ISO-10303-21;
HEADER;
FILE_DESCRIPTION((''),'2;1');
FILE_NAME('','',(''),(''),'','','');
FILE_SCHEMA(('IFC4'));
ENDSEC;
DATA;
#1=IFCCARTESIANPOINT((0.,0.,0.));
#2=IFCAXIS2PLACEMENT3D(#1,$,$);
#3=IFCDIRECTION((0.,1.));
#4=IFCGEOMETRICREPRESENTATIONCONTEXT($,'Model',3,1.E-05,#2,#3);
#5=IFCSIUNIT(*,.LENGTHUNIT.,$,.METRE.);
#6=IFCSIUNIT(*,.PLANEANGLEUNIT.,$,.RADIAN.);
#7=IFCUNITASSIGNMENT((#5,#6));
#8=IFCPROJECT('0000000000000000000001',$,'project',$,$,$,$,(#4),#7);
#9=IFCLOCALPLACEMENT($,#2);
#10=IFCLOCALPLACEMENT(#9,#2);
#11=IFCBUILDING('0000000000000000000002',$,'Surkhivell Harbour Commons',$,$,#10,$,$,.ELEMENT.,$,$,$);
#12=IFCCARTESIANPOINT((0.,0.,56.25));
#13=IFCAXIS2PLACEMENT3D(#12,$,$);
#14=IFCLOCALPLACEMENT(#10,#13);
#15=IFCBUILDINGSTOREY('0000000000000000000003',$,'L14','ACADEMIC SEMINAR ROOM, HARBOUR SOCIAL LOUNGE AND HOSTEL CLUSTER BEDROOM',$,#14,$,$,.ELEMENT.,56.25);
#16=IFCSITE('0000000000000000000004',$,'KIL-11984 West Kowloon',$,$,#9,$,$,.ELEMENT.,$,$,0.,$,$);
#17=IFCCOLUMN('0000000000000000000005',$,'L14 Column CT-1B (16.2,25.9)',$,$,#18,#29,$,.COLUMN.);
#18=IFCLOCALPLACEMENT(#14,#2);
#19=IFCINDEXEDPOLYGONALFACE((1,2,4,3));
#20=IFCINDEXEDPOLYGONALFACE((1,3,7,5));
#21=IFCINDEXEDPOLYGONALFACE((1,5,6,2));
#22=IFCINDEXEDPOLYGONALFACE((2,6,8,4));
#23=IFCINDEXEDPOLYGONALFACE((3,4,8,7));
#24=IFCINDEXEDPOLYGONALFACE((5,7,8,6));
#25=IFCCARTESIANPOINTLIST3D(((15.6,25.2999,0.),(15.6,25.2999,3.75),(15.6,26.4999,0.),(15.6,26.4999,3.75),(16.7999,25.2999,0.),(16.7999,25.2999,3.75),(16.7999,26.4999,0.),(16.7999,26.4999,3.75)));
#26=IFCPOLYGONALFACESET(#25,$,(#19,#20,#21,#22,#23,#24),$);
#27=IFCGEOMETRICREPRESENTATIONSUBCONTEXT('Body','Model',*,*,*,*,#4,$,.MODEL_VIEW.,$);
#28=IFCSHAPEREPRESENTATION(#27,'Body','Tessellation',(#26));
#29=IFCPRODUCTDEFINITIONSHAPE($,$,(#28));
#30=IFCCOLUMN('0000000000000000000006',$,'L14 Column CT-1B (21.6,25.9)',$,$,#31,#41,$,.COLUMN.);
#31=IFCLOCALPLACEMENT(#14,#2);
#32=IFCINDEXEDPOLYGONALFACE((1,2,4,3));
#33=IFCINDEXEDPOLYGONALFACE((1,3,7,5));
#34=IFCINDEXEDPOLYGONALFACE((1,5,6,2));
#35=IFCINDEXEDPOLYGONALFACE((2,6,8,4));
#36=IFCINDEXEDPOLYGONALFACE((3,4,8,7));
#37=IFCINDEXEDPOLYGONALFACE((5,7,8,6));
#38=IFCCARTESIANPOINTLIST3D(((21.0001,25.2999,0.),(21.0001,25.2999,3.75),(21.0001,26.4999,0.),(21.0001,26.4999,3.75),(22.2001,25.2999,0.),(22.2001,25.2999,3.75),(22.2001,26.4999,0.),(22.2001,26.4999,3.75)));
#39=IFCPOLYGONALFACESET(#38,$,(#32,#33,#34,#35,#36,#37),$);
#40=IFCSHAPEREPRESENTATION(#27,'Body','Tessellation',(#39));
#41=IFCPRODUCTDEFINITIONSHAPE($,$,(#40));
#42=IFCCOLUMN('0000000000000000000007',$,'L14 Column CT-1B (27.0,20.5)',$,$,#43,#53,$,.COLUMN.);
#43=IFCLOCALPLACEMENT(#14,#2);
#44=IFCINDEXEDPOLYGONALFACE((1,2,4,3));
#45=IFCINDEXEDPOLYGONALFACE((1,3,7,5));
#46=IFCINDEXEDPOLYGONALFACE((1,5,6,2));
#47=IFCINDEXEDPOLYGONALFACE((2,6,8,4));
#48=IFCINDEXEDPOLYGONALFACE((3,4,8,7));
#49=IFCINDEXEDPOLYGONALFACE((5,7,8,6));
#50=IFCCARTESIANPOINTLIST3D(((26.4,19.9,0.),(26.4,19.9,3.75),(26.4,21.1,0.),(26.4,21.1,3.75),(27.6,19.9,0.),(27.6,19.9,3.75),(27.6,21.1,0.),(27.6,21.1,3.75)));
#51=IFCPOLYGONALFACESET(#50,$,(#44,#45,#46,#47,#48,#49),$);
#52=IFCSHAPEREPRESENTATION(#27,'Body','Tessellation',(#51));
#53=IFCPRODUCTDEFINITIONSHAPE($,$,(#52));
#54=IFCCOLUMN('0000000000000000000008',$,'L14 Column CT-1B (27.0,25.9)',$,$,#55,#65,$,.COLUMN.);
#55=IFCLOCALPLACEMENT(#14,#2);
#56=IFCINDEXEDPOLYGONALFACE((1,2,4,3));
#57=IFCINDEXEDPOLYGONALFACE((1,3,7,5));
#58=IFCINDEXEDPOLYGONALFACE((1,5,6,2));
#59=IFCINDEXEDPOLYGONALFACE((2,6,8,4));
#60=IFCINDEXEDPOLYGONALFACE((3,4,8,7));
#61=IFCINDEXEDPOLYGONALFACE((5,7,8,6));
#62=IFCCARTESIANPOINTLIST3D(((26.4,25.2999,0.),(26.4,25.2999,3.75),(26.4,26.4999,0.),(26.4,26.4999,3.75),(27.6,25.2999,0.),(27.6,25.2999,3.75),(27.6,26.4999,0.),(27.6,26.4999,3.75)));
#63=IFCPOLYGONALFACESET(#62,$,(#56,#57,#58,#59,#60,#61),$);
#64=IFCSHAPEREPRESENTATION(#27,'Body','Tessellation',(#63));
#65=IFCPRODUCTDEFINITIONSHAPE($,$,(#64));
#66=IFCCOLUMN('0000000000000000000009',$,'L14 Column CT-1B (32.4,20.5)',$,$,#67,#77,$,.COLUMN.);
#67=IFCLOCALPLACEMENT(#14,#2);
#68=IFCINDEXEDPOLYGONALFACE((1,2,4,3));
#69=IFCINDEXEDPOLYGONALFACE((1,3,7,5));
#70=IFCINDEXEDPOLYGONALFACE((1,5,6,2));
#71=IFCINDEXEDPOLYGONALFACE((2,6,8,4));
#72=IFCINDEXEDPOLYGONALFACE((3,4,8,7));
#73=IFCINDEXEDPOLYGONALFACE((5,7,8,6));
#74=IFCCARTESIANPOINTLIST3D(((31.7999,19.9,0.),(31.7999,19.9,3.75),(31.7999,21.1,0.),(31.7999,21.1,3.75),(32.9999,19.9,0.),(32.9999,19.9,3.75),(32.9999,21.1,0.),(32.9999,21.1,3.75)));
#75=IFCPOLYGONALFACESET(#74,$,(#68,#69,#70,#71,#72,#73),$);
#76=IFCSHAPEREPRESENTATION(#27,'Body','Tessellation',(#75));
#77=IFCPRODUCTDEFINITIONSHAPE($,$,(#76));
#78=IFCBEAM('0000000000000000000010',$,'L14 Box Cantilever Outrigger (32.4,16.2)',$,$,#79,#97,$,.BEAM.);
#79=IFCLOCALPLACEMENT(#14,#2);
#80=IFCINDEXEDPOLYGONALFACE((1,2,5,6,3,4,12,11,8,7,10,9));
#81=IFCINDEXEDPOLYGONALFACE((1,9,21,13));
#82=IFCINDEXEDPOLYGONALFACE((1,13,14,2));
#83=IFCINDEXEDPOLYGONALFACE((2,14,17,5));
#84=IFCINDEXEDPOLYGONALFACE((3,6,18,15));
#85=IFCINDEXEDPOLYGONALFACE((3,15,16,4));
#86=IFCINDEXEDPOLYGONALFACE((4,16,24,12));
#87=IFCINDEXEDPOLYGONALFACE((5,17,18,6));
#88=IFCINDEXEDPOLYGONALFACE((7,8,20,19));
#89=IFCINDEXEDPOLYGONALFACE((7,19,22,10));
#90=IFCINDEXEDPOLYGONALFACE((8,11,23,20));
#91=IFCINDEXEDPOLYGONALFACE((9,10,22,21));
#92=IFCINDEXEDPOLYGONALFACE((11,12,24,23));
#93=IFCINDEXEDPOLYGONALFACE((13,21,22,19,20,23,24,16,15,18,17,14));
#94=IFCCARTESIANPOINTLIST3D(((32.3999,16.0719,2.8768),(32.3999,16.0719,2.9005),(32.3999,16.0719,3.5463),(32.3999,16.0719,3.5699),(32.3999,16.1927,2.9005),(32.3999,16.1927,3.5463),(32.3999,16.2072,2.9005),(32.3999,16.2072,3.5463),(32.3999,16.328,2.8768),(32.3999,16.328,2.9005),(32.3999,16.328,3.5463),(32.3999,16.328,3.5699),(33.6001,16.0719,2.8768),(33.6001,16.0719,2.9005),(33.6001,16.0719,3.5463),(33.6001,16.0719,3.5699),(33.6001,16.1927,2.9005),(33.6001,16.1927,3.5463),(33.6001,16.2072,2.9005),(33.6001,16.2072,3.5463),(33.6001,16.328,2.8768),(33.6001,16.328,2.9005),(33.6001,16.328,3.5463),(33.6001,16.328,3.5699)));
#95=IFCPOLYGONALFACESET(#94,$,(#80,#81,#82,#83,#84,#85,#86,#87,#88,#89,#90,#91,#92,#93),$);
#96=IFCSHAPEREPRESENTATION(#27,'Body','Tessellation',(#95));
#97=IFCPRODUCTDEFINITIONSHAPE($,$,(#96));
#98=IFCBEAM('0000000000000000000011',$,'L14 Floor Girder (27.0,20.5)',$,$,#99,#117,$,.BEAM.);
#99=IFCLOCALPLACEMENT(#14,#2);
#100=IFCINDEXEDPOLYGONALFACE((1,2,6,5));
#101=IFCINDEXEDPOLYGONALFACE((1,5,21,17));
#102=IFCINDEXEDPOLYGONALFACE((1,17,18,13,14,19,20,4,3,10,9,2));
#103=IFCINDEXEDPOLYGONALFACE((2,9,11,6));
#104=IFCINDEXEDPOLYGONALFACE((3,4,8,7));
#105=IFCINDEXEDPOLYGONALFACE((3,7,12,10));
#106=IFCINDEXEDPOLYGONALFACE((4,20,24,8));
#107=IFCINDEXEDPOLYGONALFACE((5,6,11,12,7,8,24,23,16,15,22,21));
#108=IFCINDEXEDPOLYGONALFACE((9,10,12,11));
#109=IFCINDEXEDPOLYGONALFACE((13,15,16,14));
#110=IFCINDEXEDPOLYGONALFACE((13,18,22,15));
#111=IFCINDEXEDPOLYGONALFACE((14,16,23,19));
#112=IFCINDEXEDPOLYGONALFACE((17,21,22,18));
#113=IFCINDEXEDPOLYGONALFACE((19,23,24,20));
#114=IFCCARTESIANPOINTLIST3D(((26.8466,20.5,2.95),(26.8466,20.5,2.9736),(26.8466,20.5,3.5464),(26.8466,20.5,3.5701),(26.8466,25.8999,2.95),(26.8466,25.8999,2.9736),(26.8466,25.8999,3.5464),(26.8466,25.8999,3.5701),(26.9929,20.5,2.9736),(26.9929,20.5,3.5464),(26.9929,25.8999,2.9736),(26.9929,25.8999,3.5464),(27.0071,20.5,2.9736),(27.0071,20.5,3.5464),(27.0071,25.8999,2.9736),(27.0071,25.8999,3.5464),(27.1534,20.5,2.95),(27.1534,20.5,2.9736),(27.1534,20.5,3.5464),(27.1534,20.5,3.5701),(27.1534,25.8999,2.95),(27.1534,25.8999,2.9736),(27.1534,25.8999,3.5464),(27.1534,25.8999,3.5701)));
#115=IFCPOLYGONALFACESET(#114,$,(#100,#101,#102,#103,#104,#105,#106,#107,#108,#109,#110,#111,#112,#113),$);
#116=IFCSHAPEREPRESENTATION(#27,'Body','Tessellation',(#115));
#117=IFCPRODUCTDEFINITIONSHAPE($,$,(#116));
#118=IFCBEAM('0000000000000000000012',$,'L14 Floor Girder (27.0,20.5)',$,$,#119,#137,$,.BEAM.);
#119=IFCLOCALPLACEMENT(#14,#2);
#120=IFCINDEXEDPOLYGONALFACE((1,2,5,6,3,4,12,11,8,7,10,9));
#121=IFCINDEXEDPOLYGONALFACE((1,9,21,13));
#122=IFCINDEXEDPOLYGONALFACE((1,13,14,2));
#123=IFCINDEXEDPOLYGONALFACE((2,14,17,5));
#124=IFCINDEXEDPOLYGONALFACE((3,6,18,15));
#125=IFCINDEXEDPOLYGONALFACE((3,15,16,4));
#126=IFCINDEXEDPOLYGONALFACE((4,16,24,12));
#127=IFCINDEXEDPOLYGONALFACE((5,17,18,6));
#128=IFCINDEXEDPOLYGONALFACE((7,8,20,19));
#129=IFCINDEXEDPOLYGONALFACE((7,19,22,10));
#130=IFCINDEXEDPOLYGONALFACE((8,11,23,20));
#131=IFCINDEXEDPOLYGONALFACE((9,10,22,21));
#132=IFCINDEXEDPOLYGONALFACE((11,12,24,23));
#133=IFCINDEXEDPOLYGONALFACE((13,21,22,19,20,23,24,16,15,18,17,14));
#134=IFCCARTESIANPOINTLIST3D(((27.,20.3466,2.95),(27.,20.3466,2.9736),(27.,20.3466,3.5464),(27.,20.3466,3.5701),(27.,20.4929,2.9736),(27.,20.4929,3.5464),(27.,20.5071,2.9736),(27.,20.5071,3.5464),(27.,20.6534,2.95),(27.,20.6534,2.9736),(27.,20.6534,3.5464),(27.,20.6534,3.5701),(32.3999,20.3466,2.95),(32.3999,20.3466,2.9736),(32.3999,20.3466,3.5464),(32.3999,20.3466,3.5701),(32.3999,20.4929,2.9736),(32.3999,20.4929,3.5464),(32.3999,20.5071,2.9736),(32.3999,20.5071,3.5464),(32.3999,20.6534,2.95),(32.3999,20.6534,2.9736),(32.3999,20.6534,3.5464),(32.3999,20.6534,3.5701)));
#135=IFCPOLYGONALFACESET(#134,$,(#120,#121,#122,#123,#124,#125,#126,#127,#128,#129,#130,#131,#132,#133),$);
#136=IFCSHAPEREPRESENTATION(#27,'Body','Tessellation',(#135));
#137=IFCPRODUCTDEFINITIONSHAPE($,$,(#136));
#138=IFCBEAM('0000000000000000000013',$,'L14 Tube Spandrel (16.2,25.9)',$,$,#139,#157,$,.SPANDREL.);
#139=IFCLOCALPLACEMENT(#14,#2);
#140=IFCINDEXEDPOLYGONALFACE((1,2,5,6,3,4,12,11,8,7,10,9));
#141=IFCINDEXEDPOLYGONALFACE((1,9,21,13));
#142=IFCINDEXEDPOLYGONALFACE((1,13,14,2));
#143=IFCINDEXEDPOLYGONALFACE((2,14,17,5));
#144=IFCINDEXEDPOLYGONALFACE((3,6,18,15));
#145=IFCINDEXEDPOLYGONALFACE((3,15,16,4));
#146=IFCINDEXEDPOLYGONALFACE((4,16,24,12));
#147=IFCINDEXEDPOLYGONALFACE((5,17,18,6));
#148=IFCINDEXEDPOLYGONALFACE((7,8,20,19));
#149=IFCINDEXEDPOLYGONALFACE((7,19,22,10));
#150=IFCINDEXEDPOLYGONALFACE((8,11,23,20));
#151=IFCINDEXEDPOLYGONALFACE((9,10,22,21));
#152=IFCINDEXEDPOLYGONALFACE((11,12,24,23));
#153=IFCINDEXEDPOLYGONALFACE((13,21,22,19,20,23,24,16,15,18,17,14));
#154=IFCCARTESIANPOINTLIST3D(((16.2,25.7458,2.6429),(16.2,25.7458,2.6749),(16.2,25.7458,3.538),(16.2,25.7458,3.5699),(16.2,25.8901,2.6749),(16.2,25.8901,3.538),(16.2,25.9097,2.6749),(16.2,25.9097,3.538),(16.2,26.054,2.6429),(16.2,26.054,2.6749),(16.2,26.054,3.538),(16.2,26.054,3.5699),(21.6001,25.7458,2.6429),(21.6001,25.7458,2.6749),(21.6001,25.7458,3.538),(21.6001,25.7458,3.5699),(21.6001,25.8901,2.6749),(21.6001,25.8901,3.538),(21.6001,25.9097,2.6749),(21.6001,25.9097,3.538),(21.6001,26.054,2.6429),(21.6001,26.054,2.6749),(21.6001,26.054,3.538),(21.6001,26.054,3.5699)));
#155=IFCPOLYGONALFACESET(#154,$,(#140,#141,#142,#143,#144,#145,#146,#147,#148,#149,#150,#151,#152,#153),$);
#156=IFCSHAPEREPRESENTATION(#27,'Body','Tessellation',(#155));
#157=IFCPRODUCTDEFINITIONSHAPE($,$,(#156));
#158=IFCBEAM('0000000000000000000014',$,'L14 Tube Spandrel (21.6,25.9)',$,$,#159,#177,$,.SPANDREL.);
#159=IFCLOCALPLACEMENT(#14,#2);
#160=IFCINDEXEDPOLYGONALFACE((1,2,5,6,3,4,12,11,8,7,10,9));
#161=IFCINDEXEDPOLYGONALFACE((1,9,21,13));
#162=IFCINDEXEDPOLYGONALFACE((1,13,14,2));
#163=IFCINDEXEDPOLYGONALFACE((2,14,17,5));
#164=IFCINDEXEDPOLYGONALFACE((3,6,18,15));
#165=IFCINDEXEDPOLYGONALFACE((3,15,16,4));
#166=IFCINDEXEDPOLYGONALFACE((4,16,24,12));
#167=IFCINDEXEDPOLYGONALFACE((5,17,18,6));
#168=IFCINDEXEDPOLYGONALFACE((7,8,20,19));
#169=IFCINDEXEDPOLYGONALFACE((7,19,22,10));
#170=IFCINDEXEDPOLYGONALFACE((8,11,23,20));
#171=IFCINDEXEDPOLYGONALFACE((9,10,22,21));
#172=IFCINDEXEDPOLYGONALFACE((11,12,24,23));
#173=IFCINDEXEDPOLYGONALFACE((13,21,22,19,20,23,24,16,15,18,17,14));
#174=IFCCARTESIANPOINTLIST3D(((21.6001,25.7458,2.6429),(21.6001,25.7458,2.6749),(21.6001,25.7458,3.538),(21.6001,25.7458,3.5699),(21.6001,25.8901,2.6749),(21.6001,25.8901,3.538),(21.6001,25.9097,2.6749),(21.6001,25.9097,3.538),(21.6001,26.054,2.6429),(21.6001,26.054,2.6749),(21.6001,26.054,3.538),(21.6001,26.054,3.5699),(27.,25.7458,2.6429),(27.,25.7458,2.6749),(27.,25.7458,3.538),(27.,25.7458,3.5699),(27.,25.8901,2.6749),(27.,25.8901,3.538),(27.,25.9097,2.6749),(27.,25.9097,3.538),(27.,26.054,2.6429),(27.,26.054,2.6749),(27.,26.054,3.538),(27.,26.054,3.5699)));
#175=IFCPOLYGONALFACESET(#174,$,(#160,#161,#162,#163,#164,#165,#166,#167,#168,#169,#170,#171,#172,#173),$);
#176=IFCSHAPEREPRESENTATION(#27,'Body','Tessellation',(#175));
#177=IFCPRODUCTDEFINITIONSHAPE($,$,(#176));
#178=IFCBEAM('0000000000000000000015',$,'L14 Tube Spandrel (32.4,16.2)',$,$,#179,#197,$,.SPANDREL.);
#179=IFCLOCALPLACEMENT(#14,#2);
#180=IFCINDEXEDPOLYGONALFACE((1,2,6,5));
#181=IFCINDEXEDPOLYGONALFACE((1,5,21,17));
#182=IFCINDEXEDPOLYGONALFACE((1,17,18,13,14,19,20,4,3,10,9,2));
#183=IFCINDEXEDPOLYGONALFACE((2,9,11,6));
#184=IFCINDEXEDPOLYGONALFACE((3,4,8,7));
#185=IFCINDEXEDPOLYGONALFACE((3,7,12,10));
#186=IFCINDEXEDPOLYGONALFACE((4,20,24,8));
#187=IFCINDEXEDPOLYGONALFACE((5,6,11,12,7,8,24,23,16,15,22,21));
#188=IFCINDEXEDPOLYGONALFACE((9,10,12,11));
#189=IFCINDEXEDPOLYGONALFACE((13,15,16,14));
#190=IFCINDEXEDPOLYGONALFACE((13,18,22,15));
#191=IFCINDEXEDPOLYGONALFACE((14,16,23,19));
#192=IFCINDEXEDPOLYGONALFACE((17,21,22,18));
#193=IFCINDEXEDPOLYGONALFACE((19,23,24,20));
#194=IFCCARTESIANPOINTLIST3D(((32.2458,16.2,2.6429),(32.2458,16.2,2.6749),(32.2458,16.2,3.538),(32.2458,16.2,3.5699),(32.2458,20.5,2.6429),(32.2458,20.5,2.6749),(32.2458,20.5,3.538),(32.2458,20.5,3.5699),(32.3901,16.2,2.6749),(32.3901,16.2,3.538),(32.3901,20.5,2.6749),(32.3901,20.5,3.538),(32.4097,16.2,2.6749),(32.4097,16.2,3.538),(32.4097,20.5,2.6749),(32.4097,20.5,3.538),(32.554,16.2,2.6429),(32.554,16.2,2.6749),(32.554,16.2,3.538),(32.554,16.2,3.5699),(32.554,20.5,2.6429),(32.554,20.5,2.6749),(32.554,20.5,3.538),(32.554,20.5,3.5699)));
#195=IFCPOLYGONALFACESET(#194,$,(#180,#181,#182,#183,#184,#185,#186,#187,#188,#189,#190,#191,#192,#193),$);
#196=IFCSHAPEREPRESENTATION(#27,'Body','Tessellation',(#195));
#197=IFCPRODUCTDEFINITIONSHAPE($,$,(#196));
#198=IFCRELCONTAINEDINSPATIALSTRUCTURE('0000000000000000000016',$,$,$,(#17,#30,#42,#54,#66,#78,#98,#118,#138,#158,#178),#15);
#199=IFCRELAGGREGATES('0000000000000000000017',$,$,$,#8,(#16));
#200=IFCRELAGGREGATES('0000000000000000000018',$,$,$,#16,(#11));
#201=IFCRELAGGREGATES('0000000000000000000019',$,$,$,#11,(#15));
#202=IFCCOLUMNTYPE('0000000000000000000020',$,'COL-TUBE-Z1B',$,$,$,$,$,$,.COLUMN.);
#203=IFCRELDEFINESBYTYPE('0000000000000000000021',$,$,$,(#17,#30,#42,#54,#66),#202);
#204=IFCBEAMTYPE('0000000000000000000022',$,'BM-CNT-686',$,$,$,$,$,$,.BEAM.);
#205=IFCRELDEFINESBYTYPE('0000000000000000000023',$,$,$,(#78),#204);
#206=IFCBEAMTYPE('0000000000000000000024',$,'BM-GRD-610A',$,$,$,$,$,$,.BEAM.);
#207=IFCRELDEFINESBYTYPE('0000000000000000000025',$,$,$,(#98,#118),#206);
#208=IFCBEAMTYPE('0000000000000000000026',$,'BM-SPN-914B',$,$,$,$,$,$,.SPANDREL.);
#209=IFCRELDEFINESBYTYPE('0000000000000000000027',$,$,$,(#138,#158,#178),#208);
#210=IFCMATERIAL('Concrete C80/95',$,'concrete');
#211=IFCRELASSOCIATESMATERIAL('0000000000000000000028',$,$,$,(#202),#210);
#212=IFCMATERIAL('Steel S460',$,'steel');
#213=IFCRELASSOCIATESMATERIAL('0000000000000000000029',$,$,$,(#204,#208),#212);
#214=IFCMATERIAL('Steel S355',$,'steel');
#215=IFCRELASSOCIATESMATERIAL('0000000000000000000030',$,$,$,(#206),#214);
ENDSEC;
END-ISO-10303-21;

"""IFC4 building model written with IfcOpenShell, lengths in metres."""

from ifc_helpers import new_model, si_unit, direction, frame, origin, origin_2d, place, context, subcontext, project, spatial, rectangle, i_section, extrude, material, material_profile, profile_set, type_object, element, save


model = new_model("IFC4")

# Units and contexts
model_context = context("Model", 3, precision=1e-05, world=origin(), true_north=direction((0.0, 1.0)))
body_context = subcontext(model_context, "Body", "Model", "MODEL_VIEW")
ifc_project = project(units=[si_unit("LENGTHUNIT", "METRE"), si_unit("PLANEANGLEUNIT", "RADIAN")], contexts=[model_context])

# Site, building, storey
site_placement = place(None, origin())
site = spatial("IfcSite", under=ifc_project, at=site_placement, Name="KIL-11984 West Kowloon", CompositionType="ELEMENT", RefElevation=0.0)
building_placement = place(site_placement, origin())
building = spatial("IfcBuilding", under=site, at=building_placement, Name="Surkhivell Harbour Commons", CompositionType="ELEMENT")
storey_placement = place(building_placement, frame((0.0, 0.0, 56.25)))
storey = spatial("IfcBuildingStorey", under=building, at=storey_placement, Name="L14", Description="ACADEMIC SEMINAR ROOM, HARBOUR SOCIAL LOUNGE AND HOSTEL CLUSTER BEDROOM", CompositionType="ELEMENT", Elevation=56.25)

# Columns
ifc_material_1 = material(Name="Concrete C80/95", Category="concrete")
ifc_material_profile_1 = material_profile(ifc_material_1, rectangle(XDim=1.2, YDim=1.2, at=origin_2d()), Name="RC-COL-1200x1200")
ifc_profile_set_1 = profile_set([ifc_material_profile_1], Name="Concrete C80/95")
column_type = type_object("IfcColumnType", Name="COL-TUBE-Z1B", PredefinedType="COLUMN", material=ifc_profile_set_1)
for number, where, z_axis, x_axis, name in (
    (1, (16.2, 25.8999, 0.0), (0.0, 0.0, 1.0), (1.0, 0.0, 0.0), "L14 Column CT-1B (16.2,25.9)"),
    (2, (21.6001, 25.8999, 0.0), (0.0, 0.0, 1.0), (1.0, 0.0, 0.0), "L14 Column CT-1B (21.6,25.9)"),
    (3, (27.0, 20.5, 0.0), (0.0, 0.0, 1.0), (1.0, 0.0, 0.0), "L14 Column CT-1B (27.0,20.5)"),
    (4, (27.0, 25.8999, 0.0), (0.0, 0.0, 1.0), (1.0, 0.0, 0.0), "L14 Column CT-1B (27.0,25.9)"),
    (5, (32.3999, 20.5, 0.0), (0.0, 0.0, 1.0), (1.0, 0.0, 0.0), "L14 Column CT-1B (32.4,20.5)"),
):
    element("IfcColumn", number, at=place(storey_placement, frame(where, z_axis=z_axis, x_axis=x_axis)), inside=storey, type_object=column_type, Name=name, PredefinedType="COLUMN", context=body_context, shape_type="SweptSolid", body=[
        extrude(rectangle(XDim=1.2, YDim=1.2, at=origin_2d()), origin(), (0.0, 0.0, 1.0), 3.75),
    ])

# Beams
ifc_material_2 = material(Name="Steel S460", Category="steel")
ifc_material_profile_2 = material_profile(ifc_material_2, i_section(OverallWidth=0.2561, OverallDepth=0.6931, WebThickness=0.0144, FlangeThickness=0.0237, at=origin_2d()), Name="UB686x254x170")
ifc_profile_set_2 = profile_set([ifc_material_profile_2], Name="Steel S460")
beam_type_1 = type_object("IfcBeamType", Name="BM-CNT-686", PredefinedType="BEAM", material=ifc_profile_set_2)
beam_1_placement = place(storey_placement, frame((32.3999, 16.2, 3.2234), z_axis=(1.0, 0.0, 0.0), x_axis=(0.0, 1.0, 0.0)))
element("IfcBeam", 6, at=beam_1_placement, inside=storey, type_object=beam_type_1, Name="L14 Box Cantilever Outrigger (32.4,16.2)", PredefinedType="BEAM", context=body_context, shape_type="SweptSolid", body=[
    extrude(i_section(OverallWidth=0.2561, OverallDepth=0.6931, WebThickness=0.0144, FlangeThickness=0.0237, at=origin_2d()), origin(), (0.0, 0.0, 1.0), 1.2002),
])
ifc_material_3 = material(Name="Steel S355", Category="steel")
ifc_material_profile_3 = material_profile(ifc_material_3, i_section(OverallWidth=0.3069, OverallDepth=0.6201, WebThickness=0.0142, FlangeThickness=0.0237, at=origin_2d()), Name="UB610x305x179")
ifc_profile_set_3 = profile_set([ifc_material_profile_3], Name="Steel S355")
beam_type_2 = type_object("IfcBeamType", Name="BM-GRD-610A", PredefinedType="BEAM", material=ifc_profile_set_3)
for number, where, z_axis, x_axis, name in (
    (7, (27.0, 20.5, 3.26), (0.0, 1.0, 0.0), (-1.0, 0.0, 0.0), "L14 Floor Girder (27.0,20.5)"),
    (8, (27.0, 20.5, 3.26), (1.0, 0.0, 0.0), (0.0, 1.0, 0.0), "L14 Floor Girder (27.0,20.5)"),
):
    element("IfcBeam", number, at=place(storey_placement, frame(where, z_axis=z_axis, x_axis=x_axis)), inside=storey, type_object=beam_type_2, Name=name, PredefinedType="BEAM", context=body_context, shape_type="SweptSolid", body=[
        extrude(i_section(OverallWidth=0.3069, OverallDepth=0.6201, WebThickness=0.0142, FlangeThickness=0.0237, at=origin_2d()), origin(), (0.0, 0.0, 1.0), 5.3999),
    ])
ifc_material_profile_4 = material_profile(ifc_material_2, i_section(OverallWidth=0.3081, OverallDepth=0.927, WebThickness=0.0195, FlangeThickness=0.032, at=origin_2d()), Name="UB914x305x289")
ifc_profile_set_4 = profile_set([ifc_material_profile_4], Name="Steel S460")
beam_type_3 = type_object("IfcBeamType", Name="BM-SPN-914B", PredefinedType="SPANDREL", material=ifc_profile_set_4)
beam_2_placement = place(storey_placement, frame((16.2, 25.8999, 3.1064), z_axis=(1.0, 0.0, 0.0), x_axis=(0.0, 1.0, 0.0)))
element("IfcBeam", 9, at=beam_2_placement, inside=storey, type_object=beam_type_3, Name="L14 Tube Spandrel (16.2,25.9)", PredefinedType="SPANDREL", context=body_context, shape_type="SweptSolid", body=[
    extrude(i_section(OverallWidth=0.3081, OverallDepth=0.927, WebThickness=0.0195, FlangeThickness=0.032, at=origin_2d()), origin(), (0.0, 0.0, 1.0), 5.4001),
])
beam_3_placement = place(storey_placement, frame((21.6001, 25.8999, 3.1064), z_axis=(1.0, 0.0, 0.0), x_axis=(0.0, 1.0, 0.0)))
element("IfcBeam", 10, at=beam_3_placement, inside=storey, type_object=beam_type_3, Name="L14 Tube Spandrel (21.6,25.9)", PredefinedType="SPANDREL", context=body_context, shape_type="SweptSolid", body=[
    extrude(i_section(OverallWidth=0.3081, OverallDepth=0.927, WebThickness=0.0195, FlangeThickness=0.032, at=origin_2d()), origin(), (0.0, 0.0, 1.0), 5.3999),
])
beam_4_placement = place(storey_placement, frame((32.3999, 16.2, 3.1064), z_axis=(0.0, 1.0, 0.0), x_axis=(-1.0, 0.0, 0.0)))
element("IfcBeam", 11, at=beam_4_placement, inside=storey, type_object=beam_type_3, Name="L14 Tube Spandrel (32.4,16.2)", PredefinedType="SPANDREL", context=body_context, shape_type="SweptSolid", body=[
    extrude(i_section(OverallWidth=0.3081, OverallDepth=0.927, WebThickness=0.0195, FlangeThickness=0.032, at=origin_2d()), origin(), (0.0, 0.0, 1.0), 4.3),
])

save(model, "model.ifc")
